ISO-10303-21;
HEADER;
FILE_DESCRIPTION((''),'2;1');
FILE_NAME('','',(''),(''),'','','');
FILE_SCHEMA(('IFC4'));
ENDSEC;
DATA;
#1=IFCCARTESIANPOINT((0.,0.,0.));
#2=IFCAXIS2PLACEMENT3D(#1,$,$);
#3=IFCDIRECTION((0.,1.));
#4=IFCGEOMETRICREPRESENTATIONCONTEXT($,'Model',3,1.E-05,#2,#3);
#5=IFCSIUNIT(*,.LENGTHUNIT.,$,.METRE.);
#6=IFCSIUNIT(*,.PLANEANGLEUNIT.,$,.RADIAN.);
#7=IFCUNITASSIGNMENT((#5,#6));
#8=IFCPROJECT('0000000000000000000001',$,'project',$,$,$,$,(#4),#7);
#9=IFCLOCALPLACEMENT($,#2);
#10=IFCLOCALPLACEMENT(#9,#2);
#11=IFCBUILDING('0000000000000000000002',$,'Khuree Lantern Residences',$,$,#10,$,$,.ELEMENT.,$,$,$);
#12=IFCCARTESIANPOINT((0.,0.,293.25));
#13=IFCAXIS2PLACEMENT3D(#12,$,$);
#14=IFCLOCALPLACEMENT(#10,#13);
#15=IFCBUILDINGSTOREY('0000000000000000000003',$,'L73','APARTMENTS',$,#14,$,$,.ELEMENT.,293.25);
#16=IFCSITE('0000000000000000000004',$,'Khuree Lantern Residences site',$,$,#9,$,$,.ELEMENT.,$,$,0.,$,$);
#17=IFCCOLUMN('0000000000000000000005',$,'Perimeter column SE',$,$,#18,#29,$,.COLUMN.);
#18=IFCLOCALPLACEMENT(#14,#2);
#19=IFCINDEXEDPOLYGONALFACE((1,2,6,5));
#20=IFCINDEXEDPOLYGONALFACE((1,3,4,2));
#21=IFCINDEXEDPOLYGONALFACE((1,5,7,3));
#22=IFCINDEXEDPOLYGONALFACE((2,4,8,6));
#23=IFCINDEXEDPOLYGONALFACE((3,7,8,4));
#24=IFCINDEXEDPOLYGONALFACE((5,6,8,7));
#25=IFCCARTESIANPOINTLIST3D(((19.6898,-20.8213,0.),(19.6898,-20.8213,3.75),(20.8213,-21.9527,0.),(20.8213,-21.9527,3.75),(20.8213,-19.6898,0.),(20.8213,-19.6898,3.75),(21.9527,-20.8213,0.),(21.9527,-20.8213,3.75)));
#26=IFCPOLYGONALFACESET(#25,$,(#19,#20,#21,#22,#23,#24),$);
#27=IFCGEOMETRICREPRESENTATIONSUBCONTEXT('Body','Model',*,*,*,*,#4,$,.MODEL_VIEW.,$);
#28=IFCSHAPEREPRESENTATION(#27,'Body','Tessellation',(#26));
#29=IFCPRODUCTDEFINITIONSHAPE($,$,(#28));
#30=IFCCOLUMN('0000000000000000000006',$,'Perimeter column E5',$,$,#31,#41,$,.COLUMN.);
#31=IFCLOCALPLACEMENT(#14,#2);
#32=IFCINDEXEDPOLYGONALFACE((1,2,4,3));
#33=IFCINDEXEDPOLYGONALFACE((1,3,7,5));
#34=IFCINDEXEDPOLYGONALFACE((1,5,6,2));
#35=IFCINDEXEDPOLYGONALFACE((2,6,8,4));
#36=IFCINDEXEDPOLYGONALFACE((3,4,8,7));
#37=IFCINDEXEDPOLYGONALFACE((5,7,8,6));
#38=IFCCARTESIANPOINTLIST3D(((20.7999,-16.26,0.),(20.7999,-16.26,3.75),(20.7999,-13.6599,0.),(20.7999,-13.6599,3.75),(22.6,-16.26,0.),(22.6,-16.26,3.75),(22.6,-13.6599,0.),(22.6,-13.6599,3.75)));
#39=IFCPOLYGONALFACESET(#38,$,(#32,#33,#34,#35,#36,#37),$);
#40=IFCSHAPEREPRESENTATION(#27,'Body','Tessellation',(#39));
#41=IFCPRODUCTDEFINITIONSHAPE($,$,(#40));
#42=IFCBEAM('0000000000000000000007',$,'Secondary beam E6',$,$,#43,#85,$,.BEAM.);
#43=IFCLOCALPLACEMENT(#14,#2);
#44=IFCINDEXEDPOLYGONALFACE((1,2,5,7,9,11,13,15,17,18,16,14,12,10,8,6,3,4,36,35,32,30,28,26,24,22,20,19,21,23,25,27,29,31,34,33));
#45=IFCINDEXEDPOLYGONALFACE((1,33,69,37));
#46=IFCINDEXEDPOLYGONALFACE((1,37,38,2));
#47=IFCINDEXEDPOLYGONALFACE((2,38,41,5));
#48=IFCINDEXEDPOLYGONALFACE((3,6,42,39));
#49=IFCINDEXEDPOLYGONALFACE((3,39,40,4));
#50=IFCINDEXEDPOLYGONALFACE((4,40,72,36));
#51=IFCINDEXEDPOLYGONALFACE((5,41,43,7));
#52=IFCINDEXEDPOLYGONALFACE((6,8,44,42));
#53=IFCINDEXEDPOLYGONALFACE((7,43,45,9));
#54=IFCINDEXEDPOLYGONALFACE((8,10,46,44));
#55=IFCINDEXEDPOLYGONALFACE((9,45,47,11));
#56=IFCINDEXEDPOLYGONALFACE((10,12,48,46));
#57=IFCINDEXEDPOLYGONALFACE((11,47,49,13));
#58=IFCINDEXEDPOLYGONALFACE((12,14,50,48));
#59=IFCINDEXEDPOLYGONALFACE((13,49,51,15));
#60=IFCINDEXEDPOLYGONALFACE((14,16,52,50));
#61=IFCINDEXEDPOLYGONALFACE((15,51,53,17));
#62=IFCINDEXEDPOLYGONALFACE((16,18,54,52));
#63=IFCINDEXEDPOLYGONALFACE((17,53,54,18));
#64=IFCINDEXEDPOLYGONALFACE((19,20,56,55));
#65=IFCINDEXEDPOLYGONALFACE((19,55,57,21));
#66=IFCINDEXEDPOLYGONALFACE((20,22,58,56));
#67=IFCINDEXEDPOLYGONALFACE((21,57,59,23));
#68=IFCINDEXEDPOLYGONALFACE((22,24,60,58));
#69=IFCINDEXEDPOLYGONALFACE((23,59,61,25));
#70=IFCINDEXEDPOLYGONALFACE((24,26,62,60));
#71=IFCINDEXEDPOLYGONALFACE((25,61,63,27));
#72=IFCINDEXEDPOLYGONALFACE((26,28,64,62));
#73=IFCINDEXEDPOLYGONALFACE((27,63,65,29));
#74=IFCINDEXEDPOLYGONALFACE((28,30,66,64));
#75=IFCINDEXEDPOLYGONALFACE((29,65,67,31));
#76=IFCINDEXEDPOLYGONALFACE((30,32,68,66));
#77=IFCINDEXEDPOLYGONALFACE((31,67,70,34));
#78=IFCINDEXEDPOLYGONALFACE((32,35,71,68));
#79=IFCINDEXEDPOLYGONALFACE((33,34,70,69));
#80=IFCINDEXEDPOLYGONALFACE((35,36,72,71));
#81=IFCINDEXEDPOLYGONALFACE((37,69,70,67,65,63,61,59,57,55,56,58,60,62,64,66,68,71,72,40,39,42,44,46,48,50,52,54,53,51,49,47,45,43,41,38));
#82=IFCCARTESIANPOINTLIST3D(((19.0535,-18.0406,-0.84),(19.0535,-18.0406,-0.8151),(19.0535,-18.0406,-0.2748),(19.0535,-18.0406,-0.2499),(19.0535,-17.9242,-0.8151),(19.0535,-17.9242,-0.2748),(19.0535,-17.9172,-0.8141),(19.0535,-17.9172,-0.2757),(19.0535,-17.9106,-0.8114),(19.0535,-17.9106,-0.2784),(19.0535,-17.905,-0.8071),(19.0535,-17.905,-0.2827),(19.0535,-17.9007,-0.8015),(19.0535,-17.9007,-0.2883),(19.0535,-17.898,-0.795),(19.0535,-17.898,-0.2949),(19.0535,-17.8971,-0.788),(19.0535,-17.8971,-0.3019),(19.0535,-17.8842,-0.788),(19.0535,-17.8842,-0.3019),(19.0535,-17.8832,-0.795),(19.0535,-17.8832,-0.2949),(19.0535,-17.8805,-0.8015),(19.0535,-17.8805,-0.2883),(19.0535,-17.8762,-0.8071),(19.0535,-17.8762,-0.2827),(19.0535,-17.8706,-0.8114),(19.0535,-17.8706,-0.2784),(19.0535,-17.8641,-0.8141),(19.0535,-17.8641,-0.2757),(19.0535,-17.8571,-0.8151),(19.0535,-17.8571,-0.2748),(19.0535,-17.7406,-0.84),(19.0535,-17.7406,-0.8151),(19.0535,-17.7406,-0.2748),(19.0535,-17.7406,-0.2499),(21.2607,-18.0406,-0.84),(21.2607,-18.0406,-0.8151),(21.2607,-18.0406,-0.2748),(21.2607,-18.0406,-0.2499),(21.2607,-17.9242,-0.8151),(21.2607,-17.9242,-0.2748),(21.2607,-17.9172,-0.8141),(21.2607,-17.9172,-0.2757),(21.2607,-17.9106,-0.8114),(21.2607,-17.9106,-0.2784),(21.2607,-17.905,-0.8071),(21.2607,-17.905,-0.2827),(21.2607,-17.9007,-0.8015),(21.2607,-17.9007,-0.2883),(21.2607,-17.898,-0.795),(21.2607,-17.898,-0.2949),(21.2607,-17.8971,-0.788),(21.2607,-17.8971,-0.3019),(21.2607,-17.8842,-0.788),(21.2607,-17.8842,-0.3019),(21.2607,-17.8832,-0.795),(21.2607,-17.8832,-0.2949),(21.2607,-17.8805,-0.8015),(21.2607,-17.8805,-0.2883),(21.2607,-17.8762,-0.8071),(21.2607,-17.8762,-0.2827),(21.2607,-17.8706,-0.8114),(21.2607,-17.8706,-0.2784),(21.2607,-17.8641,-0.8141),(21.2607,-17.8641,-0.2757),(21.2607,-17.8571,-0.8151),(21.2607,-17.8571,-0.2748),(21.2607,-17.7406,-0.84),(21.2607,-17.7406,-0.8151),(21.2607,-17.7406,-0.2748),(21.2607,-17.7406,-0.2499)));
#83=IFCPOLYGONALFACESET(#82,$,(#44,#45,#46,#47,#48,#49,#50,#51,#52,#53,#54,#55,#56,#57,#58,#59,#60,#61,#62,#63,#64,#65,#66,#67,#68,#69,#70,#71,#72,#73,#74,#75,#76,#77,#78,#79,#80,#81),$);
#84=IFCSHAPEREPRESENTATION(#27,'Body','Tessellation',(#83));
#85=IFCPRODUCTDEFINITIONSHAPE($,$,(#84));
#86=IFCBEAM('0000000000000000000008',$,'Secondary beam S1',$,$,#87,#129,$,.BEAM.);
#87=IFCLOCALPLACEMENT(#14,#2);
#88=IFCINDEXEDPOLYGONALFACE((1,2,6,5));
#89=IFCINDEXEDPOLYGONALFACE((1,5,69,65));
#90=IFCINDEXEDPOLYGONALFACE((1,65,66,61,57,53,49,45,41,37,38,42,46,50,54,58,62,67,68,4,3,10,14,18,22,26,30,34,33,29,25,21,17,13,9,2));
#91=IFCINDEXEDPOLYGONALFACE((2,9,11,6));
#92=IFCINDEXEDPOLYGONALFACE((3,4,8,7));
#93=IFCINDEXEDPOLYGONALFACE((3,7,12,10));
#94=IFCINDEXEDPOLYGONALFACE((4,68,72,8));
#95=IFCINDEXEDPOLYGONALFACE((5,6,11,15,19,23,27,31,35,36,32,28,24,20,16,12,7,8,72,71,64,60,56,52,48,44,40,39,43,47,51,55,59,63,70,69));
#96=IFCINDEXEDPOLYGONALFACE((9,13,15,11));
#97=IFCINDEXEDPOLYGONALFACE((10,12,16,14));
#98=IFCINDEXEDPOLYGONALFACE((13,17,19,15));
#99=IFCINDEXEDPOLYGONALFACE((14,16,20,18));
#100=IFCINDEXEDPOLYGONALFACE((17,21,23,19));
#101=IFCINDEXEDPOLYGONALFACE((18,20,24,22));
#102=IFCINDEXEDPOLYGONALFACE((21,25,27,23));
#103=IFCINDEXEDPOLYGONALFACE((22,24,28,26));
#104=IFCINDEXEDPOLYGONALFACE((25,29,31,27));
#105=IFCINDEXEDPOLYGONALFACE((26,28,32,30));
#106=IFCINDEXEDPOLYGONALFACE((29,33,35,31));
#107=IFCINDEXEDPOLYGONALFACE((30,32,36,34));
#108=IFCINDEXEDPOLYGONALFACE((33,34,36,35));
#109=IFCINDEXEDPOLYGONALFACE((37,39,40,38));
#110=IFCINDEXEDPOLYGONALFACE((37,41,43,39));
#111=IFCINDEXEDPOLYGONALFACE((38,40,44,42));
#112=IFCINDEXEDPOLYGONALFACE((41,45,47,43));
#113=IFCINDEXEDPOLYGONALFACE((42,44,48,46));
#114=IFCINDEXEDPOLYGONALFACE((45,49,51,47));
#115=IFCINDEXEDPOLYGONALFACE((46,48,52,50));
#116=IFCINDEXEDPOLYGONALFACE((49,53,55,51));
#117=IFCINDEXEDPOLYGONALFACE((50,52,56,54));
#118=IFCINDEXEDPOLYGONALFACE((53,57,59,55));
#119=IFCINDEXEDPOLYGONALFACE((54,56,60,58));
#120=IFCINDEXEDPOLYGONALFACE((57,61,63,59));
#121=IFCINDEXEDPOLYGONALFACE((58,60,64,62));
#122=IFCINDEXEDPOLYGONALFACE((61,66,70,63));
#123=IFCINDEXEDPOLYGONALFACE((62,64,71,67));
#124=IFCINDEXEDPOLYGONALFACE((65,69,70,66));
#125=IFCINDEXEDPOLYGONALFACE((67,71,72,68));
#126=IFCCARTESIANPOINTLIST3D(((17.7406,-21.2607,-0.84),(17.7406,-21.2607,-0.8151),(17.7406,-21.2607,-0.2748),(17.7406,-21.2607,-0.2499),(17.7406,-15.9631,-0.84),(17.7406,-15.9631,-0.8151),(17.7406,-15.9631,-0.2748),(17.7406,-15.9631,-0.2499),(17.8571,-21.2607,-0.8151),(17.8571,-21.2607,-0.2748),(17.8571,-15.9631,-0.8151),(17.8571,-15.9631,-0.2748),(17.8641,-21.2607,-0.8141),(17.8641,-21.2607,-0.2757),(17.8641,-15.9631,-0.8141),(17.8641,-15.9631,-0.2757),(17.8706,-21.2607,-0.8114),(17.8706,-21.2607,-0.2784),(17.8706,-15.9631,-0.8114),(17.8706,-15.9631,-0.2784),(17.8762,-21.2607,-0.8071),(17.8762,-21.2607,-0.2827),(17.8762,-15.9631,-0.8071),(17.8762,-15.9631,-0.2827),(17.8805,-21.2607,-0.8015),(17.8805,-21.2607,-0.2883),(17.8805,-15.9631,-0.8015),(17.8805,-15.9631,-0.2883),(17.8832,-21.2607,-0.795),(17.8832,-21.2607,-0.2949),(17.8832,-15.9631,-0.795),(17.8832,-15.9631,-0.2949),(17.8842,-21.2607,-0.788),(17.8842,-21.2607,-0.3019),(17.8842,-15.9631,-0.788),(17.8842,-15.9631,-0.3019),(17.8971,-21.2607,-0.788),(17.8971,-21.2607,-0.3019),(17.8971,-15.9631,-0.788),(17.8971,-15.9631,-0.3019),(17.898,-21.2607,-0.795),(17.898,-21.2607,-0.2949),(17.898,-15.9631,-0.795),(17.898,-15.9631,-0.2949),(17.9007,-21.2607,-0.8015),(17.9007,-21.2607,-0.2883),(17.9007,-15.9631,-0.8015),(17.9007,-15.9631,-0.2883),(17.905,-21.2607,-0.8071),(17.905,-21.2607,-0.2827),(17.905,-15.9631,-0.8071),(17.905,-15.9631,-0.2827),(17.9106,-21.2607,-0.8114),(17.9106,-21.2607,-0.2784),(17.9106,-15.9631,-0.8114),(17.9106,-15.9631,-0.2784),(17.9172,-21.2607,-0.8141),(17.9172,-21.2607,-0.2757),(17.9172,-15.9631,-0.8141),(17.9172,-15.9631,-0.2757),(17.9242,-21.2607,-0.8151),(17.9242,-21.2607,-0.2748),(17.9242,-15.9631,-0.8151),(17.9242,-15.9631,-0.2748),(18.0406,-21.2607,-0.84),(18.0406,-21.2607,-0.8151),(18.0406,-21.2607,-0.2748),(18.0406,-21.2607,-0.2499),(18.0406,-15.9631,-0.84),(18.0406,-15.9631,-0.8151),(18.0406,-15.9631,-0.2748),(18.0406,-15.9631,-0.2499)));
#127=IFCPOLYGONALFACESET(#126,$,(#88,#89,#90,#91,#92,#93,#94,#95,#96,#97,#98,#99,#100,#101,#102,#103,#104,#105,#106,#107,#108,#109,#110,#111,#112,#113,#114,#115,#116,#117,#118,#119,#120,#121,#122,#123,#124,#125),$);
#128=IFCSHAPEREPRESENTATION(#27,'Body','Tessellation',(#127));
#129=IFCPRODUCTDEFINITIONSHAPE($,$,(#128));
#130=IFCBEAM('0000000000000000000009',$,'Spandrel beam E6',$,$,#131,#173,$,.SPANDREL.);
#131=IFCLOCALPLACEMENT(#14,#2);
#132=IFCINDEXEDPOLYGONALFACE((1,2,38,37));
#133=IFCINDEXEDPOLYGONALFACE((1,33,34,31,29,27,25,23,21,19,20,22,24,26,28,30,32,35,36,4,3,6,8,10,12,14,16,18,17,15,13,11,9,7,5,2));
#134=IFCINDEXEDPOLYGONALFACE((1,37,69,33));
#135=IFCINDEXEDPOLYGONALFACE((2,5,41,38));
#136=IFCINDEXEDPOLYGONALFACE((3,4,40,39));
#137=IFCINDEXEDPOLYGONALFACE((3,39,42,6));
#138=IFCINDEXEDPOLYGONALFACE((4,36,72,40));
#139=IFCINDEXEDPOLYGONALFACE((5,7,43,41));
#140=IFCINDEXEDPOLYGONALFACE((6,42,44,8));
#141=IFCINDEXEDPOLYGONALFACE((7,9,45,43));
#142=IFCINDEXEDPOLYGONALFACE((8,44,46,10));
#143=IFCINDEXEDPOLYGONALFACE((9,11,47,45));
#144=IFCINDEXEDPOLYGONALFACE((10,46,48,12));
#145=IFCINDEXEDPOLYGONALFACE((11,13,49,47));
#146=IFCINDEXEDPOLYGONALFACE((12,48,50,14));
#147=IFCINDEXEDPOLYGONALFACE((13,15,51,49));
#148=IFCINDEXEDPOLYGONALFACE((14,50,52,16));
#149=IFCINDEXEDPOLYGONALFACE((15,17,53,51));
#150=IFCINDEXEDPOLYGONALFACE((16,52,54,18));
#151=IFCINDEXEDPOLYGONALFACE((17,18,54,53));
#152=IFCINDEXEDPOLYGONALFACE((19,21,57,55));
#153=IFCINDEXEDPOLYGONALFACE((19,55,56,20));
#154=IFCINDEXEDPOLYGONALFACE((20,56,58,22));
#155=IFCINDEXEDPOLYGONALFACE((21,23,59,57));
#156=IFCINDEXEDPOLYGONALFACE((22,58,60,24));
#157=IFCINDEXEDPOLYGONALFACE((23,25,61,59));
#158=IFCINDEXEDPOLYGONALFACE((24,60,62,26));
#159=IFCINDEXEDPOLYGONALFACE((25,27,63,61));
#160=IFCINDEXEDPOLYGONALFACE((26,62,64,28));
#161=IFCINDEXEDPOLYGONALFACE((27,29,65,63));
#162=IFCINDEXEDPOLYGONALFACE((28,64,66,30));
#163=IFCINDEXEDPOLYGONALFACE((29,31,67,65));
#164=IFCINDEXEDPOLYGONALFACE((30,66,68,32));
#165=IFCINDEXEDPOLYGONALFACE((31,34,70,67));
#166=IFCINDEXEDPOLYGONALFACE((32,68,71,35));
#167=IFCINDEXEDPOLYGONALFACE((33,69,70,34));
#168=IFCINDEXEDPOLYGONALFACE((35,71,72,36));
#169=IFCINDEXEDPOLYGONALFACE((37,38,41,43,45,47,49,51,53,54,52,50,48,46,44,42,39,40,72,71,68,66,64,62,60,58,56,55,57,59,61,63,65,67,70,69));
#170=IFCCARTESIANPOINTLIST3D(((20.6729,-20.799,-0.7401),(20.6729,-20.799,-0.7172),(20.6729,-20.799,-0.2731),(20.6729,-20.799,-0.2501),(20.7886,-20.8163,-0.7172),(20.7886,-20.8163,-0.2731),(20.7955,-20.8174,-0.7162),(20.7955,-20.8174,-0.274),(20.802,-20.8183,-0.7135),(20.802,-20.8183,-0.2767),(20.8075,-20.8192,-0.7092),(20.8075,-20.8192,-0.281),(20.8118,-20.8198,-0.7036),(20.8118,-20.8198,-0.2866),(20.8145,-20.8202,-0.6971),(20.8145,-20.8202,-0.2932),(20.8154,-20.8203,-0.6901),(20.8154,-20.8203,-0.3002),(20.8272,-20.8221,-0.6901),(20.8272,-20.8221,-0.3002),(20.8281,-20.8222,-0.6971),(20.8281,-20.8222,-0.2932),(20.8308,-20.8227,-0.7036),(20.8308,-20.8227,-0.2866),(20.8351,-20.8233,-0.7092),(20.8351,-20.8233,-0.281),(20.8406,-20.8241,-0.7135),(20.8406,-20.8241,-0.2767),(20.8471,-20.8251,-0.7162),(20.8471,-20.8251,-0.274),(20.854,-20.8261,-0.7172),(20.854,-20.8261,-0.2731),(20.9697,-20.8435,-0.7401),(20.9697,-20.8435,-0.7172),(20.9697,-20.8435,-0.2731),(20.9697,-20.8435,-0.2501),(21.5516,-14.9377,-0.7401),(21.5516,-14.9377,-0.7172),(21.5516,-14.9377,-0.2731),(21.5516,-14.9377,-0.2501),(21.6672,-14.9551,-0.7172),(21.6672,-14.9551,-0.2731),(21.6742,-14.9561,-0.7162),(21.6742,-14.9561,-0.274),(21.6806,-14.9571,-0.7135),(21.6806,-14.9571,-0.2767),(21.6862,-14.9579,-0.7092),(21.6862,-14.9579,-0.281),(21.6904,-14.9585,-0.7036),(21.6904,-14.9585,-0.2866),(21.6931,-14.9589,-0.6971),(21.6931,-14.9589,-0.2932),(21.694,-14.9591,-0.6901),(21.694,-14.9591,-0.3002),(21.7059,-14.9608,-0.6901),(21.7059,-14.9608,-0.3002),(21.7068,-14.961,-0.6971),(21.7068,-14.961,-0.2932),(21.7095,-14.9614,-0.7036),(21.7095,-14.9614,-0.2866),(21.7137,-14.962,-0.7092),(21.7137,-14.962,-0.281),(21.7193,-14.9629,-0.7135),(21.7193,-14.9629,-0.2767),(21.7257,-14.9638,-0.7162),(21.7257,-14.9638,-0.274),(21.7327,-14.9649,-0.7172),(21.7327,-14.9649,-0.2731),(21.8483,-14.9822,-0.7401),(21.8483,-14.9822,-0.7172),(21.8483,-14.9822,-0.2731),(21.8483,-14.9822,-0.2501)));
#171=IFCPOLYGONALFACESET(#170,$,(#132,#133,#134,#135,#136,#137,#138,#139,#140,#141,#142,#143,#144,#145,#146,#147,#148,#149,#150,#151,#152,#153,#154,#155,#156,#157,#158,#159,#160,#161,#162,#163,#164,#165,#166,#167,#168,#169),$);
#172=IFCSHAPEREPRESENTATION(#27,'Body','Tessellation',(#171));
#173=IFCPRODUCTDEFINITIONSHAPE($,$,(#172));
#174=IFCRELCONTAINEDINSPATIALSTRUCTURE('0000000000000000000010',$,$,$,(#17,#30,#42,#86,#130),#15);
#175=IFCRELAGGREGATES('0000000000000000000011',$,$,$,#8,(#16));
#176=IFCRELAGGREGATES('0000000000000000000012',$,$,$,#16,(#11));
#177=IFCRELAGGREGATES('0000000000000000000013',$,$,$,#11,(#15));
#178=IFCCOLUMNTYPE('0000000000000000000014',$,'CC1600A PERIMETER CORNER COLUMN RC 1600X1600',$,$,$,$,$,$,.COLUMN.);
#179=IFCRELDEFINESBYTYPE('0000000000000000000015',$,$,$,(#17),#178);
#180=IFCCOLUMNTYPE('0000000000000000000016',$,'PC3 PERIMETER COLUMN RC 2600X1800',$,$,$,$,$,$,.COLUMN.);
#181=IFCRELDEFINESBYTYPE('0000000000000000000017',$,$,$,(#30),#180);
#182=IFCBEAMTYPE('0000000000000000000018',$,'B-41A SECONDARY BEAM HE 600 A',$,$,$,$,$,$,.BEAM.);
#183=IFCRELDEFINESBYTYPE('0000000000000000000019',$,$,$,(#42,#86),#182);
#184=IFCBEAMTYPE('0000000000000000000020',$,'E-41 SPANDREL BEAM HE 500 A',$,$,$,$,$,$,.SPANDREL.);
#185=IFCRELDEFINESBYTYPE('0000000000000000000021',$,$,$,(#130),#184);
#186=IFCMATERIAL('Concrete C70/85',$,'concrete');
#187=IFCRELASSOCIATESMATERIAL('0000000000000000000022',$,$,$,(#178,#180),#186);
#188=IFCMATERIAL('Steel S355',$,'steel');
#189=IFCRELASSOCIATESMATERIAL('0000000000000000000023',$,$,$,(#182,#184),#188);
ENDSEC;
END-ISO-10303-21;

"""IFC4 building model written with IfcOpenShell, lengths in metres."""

from ifc_helpers import new_model, si_unit, direction, frame, origin, origin_2d, place, context, subcontext, project, spatial, rectangle, i_section, extrude, material, material_profile, profile_set, type_object, element, save


model = new_model("IFC4")

# Units and contexts
model_context = context("Model", 3, precision=1e-05, world=origin(), true_north=direction((0.0, 1.0)))
body_context = subcontext(model_context, "Body", "Model", "MODEL_VIEW")
ifc_project = project(units=[si_unit("LENGTHUNIT", "METRE"), si_unit("PLANEANGLEUNIT", "RADIAN")], contexts=[model_context])

# Site, building, storey
site_placement = place(None, origin())
site = spatial("IfcSite", under=ifc_project, at=site_placement, Name="Khuree Lantern Residences site", CompositionType="ELEMENT", RefElevation=0.0)
building_placement = place(site_placement, origin())
building = spatial("IfcBuilding", under=site, at=building_placement, Name="Khuree Lantern Residences", CompositionType="ELEMENT")
storey_placement = place(building_placement, frame((0.0, 0.0, 293.25)))
storey = spatial("IfcBuildingStorey", under=building, at=storey_placement, Name="L73", Description="APARTMENTS", CompositionType="ELEMENT", Elevation=293.25)

# Columns
ifc_material_1 = material(Name="Concrete C70/85", Category="concrete")
ifc_material_profile_1 = material_profile(ifc_material_1, rectangle(XDim=1.6001, YDim=1.6001, at=origin_2d()), Name="RC 1600X1600")
ifc_profile_set_1 = profile_set([ifc_material_profile_1], Name="Concrete C70/85")
column_type_1 = type_object("IfcColumnType", Name="CC1600A PERIMETER CORNER COLUMN RC 1600X1600", PredefinedType="COLUMN", material=ifc_profile_set_1)
column_1_placement = place(storey_placement, frame((20.8213, -20.8213, 0.0), z_axis=(0.0, 0.0, 1.0), x_axis=(0.707107, 0.707107, 0.0)))
element("IfcColumn", 1, at=column_1_placement, inside=storey, type_object=column_type_1, Name="Perimeter column SE", PredefinedType="COLUMN", context=body_context, shape_type="SweptSolid", body=[
    extrude(rectangle(XDim=1.6001, YDim=1.6001, at=origin_2d()), origin(), (0.0, 0.0, 1.0), 3.75),
])
ifc_material_profile_2 = material_profile(ifc_material_1, rectangle(XDim=2.6001, YDim=1.8, at=origin_2d()), Name="RC 2600X1800")
ifc_profile_set_2 = profile_set([ifc_material_profile_2], Name="Concrete C70/85")
column_type_2 = type_object("IfcColumnType", Name="PC3 PERIMETER COLUMN RC 2600X1800", PredefinedType="COLUMN", material=ifc_profile_set_2)
column_2_placement = place(storey_placement, frame((21.7, -14.96, 0.0), z_axis=(0.0, 0.0, 1.0), x_axis=(0.0, 1.0, 0.0)))
element("IfcColumn", 2, at=column_2_placement, inside=storey, type_object=column_type_2, Name="Perimeter column E5", PredefinedType="COLUMN", context=body_context, shape_type="SweptSolid", body=[
    extrude(rectangle(XDim=2.6001, YDim=1.8, at=origin_2d()), origin(), (0.0, 0.0, 1.0), 3.75),
])

# Beams
ifc_material_2 = material(Name="Steel S355", Category="steel")
ifc_material_profile_3 = material_profile(ifc_material_2, i_section(OverallWidth=0.3, OverallDepth=0.5901, WebThickness=0.0129, FlangeThickness=0.0249, FilletRadius=0.0271, at=origin_2d()), Name="HE 600 A")
ifc_profile_set_3 = profile_set([ifc_material_profile_3], Name="Steel S355")
beam_type_1 = type_object("IfcBeamType", Name="B-41A SECONDARY BEAM HE 600 A", PredefinedType="BEAM", material=ifc_profile_set_3)
beam_1_placement = place(storey_placement, frame((21.2607, -17.8906, -0.5449), z_axis=(-1.0, 0.0, 0.0), x_axis=(0.0, -1.0, 0.0)))
element("IfcBeam", 3, at=beam_1_placement, inside=storey, type_object=beam_type_1, Name="Secondary beam E6", PredefinedType="BEAM", context=body_context, shape_type="SweptSolid", body=[
    extrude(i_section(OverallWidth=0.3, OverallDepth=0.5901, WebThickness=0.0129, FlangeThickness=0.0249, FilletRadius=0.0271, at=origin_2d()), origin(), (0.0, 0.0, 1.0), 2.2073),
])
beam_2_placement = place(storey_placement, frame((17.8906, -21.2607, -0.5449), z_axis=(0.0, 1.0, 0.0), x_axis=(-1.0, 0.0, 0.0)))
element("IfcBeam", 4, at=beam_2_placement, inside=storey, type_object=beam_type_1, Name="Secondary beam S1", PredefinedType="BEAM", context=body_context, shape_type="SweptSolid", body=[
    extrude(i_section(OverallWidth=0.3, OverallDepth=0.5901, WebThickness=0.0129, FlangeThickness=0.0249, FilletRadius=0.0271, at=origin_2d()), origin(), (0.0, 0.0, 1.0), 5.2976),
])
ifc_material_profile_4 = material_profile(ifc_material_2, i_section(OverallWidth=0.3, OverallDepth=0.49, WebThickness=0.012, FlangeThickness=0.0229, FilletRadius=0.0271, at=origin_2d()), Name="HE 500 A")
ifc_profile_set_4 = profile_set([ifc_material_profile_4], Name="Steel S355")
beam_type_2 = type_object("IfcBeamType", Name="E-41 SPANDREL BEAM HE 500 A", PredefinedType="SPANDREL", material=ifc_profile_set_4)
for number, where, z_axis, x_axis, name in (
    (5, (21.7, -14.96, -0.4951), (-0.148252, -0.98895, 0.0), (0.98895, -0.148252, 0.0), "Spandrel beam E6"),
):
    element("IfcBeam", number, at=place(storey_placement, frame(where, z_axis=z_axis, x_axis=x_axis)), inside=storey, type_object=beam_type_2, Name=name, PredefinedType="SPANDREL", context=body_context, shape_type="SweptSolid", body=[
        extrude(i_section(OverallWidth=0.3, OverallDepth=0.49, WebThickness=0.012, FlangeThickness=0.0229, FilletRadius=0.0271, at=origin_2d()), origin(), (0.0, 0.0, 1.0), 5.9268),
    ])

save(model, "model.ifc")
